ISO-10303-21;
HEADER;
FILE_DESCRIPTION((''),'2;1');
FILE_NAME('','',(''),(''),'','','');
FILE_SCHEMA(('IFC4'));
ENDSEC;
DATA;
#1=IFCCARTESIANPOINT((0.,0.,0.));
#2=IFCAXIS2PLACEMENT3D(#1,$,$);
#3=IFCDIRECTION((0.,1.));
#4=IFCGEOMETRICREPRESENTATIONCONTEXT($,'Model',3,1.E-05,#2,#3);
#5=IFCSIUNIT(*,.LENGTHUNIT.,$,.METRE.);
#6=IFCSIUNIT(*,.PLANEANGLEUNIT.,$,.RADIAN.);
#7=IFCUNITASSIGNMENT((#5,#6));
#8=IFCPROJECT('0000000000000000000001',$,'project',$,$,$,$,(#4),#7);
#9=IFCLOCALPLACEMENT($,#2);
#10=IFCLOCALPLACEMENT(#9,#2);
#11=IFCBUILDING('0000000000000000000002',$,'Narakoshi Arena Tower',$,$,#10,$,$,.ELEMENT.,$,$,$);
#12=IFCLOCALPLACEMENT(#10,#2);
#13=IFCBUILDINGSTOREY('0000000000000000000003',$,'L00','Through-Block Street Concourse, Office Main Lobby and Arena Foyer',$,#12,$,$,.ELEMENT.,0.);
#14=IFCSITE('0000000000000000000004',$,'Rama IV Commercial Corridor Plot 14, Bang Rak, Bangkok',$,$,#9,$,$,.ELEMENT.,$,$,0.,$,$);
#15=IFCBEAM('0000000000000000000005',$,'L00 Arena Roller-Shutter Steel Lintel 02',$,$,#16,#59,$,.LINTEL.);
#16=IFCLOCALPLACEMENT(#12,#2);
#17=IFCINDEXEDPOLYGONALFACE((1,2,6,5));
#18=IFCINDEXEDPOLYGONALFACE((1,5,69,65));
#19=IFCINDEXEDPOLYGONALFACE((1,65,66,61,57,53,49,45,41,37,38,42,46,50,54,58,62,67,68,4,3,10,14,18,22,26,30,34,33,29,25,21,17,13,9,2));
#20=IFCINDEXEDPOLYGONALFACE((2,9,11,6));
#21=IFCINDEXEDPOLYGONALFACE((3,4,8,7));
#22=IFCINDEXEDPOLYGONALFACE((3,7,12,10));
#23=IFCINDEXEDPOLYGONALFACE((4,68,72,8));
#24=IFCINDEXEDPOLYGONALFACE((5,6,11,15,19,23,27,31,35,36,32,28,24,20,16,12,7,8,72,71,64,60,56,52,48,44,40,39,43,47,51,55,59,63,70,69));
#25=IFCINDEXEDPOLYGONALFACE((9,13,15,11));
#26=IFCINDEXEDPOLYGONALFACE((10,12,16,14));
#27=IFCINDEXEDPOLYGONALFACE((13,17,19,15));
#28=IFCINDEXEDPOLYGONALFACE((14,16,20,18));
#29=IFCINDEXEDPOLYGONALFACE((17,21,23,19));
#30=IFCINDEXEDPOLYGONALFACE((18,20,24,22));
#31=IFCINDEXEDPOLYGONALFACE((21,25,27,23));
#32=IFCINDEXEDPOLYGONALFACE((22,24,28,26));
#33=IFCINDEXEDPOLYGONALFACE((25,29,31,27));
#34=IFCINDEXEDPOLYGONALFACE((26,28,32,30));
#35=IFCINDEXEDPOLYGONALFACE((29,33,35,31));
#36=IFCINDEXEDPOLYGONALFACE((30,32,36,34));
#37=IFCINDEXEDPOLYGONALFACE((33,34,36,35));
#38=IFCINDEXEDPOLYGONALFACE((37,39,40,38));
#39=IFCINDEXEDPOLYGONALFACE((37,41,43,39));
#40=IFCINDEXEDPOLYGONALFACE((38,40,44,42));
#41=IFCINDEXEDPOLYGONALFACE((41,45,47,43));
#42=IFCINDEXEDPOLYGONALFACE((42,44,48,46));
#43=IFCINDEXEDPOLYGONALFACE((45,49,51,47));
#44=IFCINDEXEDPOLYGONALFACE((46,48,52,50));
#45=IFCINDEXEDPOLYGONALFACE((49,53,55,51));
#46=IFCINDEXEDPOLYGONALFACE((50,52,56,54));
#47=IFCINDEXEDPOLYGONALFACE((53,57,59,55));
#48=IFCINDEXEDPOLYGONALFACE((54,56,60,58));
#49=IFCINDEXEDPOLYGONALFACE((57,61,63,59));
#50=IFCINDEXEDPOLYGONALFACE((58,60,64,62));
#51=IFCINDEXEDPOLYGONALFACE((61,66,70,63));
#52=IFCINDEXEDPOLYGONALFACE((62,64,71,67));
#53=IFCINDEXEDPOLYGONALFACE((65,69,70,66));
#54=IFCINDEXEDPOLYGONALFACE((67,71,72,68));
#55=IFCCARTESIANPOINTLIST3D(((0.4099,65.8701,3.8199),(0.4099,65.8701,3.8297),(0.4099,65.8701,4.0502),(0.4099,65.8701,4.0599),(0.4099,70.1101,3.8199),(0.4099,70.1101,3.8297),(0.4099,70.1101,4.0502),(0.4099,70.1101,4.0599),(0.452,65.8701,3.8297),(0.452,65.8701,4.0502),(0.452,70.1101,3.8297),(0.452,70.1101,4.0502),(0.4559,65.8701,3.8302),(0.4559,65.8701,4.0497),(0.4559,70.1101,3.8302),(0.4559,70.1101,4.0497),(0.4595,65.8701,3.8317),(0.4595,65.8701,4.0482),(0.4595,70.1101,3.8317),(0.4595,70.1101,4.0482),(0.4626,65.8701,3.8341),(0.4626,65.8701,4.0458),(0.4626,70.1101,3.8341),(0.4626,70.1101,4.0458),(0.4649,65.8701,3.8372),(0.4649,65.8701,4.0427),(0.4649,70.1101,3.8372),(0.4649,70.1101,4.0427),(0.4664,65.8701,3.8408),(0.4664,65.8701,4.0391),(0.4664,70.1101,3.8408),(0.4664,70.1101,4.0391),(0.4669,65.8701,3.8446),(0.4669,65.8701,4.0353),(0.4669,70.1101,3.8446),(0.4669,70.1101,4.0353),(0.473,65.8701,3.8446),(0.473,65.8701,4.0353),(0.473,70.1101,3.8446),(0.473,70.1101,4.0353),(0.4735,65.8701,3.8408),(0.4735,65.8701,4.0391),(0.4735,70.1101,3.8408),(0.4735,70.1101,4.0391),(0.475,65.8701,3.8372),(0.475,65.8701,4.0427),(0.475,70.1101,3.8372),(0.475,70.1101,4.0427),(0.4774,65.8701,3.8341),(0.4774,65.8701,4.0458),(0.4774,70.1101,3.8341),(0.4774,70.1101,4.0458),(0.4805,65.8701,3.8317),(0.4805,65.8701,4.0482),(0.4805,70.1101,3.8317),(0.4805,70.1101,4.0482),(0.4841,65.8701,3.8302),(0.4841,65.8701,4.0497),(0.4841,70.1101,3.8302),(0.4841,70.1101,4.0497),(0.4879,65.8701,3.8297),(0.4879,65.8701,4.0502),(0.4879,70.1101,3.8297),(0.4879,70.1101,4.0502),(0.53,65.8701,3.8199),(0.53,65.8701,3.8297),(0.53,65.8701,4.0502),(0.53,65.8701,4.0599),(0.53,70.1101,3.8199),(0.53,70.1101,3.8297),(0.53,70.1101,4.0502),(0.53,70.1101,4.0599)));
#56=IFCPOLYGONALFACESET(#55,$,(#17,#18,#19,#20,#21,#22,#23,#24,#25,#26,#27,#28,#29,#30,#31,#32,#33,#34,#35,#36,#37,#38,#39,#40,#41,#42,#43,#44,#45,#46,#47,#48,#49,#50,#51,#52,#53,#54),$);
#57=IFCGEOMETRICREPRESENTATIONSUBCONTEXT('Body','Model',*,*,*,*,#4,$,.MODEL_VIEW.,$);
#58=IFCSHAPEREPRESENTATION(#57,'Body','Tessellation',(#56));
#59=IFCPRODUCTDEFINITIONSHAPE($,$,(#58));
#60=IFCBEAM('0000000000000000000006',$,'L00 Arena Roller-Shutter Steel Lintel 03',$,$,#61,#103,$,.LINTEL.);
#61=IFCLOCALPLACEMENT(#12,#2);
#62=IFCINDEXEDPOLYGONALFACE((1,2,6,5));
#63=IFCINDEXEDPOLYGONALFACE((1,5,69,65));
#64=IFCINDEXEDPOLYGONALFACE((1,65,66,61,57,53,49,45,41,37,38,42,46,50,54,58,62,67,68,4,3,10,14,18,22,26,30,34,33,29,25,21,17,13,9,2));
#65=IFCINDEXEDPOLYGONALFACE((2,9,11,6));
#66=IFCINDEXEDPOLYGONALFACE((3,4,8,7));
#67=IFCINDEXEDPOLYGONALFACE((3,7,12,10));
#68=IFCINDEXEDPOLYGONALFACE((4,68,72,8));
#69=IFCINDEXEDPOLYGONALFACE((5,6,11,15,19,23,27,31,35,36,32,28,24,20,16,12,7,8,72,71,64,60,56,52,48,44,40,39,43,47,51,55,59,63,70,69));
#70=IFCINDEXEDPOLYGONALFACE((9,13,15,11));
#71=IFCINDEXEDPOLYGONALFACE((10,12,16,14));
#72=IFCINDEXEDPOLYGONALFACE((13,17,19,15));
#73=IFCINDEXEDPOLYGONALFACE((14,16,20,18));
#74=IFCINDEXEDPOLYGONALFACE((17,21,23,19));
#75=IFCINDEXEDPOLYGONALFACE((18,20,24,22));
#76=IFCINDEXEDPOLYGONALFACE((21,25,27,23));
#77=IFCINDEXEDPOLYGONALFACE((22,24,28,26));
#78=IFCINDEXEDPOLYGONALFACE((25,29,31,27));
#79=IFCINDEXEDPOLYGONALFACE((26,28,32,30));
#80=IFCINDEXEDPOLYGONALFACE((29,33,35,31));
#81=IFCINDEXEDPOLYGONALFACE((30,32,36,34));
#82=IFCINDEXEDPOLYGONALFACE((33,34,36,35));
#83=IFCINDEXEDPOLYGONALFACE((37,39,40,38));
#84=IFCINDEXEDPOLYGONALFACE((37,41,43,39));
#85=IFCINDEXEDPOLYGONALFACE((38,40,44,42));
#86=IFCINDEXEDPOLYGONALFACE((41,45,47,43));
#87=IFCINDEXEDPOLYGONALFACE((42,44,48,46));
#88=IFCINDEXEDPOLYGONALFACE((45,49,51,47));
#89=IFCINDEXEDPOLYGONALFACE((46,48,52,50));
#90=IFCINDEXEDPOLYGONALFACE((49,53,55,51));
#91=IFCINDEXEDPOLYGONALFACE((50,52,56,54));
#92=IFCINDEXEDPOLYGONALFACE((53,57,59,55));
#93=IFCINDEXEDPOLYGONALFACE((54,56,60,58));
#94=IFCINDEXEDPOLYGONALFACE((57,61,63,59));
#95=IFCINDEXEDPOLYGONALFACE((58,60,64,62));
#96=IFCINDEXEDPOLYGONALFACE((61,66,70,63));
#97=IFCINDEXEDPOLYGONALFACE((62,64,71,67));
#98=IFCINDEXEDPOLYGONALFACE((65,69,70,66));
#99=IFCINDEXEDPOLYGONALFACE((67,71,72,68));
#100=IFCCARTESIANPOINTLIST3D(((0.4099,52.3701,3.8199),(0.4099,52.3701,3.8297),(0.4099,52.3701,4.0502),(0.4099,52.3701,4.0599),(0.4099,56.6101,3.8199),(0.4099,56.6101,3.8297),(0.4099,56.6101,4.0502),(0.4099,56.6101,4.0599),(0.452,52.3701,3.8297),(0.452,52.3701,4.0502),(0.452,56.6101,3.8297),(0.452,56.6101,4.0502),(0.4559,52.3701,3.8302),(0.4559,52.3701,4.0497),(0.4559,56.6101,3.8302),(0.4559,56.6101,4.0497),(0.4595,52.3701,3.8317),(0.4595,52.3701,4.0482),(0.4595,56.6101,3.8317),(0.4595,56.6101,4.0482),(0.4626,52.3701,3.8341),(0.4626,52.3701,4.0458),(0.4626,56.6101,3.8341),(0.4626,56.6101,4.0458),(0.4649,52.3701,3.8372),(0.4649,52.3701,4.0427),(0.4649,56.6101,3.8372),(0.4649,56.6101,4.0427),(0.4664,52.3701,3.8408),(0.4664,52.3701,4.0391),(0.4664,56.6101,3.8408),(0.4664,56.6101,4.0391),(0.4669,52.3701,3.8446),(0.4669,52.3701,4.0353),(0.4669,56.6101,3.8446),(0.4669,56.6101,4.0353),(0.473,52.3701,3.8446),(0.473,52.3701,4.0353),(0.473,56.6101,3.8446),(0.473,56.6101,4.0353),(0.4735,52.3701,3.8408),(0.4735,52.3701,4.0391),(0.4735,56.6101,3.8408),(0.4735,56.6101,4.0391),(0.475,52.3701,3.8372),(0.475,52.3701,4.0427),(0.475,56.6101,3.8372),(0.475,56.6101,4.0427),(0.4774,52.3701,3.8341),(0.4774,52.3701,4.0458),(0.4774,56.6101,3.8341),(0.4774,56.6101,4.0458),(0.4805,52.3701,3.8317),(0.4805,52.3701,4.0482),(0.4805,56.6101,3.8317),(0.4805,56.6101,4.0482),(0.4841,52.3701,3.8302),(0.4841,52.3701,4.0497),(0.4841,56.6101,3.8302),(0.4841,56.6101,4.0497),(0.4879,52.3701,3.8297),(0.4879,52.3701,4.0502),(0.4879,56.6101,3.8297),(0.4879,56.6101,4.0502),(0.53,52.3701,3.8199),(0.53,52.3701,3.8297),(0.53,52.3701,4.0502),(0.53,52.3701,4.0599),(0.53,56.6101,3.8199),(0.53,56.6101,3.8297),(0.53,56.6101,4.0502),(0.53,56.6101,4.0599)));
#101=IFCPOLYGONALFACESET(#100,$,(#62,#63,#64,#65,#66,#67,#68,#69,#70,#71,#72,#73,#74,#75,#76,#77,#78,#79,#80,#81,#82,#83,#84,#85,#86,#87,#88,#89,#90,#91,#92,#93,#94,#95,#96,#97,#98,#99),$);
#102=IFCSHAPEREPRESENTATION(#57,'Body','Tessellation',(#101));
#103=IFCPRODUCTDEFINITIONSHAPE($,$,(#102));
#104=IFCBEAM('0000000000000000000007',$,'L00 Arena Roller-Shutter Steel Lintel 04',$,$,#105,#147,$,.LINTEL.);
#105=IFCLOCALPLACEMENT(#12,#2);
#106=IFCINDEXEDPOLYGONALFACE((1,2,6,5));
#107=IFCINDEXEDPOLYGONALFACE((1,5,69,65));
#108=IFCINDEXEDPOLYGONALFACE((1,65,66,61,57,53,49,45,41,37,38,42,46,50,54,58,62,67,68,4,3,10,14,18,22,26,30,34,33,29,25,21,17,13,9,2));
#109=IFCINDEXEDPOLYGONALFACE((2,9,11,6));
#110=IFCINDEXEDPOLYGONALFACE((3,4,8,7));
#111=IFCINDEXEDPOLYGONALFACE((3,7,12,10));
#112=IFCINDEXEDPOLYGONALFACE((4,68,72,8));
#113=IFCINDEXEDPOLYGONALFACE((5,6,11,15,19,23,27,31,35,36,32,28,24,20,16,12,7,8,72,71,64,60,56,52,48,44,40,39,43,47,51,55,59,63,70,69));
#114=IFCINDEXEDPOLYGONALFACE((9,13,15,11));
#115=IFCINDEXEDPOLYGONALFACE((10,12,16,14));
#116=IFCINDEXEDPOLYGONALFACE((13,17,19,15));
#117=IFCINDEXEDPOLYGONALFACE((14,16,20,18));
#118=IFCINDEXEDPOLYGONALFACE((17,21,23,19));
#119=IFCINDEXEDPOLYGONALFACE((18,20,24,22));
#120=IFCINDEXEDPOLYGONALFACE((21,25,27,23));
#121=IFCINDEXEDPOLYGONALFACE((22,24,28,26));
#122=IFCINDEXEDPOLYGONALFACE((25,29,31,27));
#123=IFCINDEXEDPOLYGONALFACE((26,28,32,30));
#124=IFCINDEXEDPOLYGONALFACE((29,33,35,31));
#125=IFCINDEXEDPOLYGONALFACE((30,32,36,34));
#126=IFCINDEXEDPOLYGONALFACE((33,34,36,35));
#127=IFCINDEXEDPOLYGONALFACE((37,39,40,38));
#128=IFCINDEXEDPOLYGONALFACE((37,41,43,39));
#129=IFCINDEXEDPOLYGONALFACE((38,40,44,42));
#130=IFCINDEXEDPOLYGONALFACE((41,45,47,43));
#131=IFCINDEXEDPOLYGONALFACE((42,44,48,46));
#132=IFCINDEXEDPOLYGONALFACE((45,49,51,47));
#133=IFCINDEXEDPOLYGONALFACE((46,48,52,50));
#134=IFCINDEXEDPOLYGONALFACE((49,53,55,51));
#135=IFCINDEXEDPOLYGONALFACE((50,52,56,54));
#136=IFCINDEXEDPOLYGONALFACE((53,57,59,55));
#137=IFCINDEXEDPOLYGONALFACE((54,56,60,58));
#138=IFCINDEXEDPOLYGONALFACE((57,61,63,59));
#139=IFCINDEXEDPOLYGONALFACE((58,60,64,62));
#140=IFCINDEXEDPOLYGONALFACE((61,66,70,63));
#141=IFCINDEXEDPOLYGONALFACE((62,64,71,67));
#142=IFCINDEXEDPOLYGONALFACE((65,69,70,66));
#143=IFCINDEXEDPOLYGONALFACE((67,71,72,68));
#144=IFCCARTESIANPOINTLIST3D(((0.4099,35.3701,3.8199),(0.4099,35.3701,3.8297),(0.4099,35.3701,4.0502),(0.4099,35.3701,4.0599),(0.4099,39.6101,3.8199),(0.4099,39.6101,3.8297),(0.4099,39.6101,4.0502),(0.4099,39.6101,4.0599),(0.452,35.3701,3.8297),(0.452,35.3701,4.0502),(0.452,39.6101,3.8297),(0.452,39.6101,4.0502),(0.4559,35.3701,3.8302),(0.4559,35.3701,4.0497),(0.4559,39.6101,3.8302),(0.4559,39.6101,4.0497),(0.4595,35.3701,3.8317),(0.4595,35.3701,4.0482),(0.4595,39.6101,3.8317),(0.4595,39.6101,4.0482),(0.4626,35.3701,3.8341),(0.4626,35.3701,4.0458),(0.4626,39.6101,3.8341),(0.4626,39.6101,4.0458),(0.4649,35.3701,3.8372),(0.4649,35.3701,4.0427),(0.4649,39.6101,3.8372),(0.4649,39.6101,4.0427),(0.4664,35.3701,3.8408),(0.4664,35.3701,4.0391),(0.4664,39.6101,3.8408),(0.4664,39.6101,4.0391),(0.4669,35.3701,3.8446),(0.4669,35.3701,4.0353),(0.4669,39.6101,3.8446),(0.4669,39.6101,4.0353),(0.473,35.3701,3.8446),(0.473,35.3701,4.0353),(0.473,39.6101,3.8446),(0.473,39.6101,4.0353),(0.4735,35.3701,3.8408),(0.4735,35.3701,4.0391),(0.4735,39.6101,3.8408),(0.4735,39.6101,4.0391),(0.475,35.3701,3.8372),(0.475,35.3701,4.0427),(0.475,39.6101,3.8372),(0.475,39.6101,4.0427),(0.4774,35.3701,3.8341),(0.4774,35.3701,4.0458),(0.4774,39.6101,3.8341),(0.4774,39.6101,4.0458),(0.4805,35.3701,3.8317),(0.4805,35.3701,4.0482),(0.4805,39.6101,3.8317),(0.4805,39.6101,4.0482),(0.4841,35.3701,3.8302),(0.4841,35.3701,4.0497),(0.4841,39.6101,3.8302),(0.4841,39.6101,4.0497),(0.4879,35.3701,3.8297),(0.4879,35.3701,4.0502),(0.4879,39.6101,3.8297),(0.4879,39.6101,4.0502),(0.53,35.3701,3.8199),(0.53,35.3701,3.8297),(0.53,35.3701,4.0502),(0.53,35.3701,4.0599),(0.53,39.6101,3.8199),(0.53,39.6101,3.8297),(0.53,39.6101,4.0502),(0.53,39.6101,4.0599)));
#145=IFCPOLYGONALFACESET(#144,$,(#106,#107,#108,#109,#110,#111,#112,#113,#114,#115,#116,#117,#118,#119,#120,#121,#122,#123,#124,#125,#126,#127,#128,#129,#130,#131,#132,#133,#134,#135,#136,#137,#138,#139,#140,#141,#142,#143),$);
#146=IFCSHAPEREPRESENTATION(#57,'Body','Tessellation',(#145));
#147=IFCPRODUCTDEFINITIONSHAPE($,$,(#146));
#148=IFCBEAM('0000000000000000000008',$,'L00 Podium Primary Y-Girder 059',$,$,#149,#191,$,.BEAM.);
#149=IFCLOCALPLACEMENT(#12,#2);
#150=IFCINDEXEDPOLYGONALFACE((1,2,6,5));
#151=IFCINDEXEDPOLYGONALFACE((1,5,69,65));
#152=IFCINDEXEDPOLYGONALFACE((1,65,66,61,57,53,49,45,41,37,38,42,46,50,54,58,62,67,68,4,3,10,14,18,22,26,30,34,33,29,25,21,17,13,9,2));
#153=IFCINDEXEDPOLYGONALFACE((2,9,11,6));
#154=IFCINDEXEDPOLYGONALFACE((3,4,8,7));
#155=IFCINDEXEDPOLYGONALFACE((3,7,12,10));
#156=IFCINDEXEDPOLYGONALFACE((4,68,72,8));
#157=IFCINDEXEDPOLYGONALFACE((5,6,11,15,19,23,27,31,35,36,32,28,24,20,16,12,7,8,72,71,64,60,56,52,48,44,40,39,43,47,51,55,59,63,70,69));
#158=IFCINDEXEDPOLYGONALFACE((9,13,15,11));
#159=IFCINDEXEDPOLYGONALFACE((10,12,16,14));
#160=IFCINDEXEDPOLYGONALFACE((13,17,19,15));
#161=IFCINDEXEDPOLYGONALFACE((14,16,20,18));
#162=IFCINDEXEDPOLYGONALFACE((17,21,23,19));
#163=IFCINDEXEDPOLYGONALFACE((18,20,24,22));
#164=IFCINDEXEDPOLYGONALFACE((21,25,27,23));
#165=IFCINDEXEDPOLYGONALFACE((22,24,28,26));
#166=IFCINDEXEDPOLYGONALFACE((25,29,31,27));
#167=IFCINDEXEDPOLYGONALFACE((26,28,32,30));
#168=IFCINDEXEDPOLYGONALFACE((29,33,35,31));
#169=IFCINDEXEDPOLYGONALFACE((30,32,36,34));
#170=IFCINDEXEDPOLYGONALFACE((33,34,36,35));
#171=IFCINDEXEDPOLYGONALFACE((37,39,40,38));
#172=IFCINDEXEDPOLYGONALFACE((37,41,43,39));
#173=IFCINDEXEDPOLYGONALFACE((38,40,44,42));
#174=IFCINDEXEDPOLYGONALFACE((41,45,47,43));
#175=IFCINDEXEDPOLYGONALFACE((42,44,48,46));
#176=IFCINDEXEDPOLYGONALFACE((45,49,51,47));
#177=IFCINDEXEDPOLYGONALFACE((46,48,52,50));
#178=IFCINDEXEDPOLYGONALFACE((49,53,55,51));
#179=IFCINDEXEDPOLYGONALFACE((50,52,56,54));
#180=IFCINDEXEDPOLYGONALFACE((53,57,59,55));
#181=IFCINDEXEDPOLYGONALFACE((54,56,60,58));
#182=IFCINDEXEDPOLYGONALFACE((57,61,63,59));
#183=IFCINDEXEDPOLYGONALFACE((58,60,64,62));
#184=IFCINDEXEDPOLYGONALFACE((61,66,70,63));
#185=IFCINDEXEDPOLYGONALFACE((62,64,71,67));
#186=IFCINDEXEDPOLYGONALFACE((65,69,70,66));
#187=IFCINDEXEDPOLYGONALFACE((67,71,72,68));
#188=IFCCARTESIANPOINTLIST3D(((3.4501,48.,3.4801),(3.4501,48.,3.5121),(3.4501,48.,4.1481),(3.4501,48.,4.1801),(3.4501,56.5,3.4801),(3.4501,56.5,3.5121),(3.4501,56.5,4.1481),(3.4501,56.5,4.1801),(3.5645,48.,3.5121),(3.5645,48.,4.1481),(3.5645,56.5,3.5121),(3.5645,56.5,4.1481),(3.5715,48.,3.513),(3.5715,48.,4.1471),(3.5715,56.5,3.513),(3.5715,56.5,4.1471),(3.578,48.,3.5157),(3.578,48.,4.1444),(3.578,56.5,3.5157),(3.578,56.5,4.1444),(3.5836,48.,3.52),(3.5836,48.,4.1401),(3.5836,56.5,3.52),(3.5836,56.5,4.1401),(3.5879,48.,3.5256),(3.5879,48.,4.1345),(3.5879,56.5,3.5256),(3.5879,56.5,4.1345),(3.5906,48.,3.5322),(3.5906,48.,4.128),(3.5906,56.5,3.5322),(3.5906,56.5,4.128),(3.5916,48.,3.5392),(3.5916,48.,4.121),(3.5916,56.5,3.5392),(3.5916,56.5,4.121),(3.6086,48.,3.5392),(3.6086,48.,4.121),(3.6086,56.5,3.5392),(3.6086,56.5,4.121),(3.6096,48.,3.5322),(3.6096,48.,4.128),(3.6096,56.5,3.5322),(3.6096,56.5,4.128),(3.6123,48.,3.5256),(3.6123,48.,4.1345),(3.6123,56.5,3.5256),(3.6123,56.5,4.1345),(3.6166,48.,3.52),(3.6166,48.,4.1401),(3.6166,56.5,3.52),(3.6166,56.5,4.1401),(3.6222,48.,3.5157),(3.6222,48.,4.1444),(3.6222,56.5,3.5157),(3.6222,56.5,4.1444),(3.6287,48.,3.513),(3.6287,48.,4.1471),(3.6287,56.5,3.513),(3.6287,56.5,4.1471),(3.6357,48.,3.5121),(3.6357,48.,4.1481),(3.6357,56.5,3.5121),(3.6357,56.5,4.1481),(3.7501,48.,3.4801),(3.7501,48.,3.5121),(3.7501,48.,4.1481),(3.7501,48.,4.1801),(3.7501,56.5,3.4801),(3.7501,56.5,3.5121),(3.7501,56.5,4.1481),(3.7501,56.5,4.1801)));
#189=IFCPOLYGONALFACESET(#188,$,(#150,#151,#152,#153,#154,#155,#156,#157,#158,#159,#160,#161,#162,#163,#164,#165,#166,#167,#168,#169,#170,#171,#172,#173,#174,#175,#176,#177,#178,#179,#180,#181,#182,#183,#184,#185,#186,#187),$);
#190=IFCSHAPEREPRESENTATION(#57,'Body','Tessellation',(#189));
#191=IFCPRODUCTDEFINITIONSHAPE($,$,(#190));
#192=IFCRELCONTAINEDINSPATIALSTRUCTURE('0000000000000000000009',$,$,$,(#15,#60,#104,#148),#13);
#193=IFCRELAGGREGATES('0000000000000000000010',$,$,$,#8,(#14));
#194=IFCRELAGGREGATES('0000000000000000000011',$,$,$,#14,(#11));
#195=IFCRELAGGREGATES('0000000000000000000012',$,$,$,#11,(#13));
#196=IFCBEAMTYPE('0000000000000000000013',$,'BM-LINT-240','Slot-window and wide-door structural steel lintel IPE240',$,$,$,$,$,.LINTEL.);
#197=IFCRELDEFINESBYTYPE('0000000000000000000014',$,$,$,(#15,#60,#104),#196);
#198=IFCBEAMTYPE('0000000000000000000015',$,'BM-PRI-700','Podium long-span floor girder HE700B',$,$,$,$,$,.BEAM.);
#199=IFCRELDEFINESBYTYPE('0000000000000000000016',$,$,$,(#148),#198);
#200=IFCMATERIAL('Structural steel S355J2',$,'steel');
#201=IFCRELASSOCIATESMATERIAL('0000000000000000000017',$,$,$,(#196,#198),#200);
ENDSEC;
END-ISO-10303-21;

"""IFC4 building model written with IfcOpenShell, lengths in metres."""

from ifc_helpers import new_model, si_unit, direction, frame, origin, origin_2d, place, context, subcontext, project, spatial, i_section, extrude, material, material_profile, profile_set, type_object, element, save


model = new_model("IFC4")

# Units and contexts
model_context = context("Model", 3, precision=1e-05, world=origin(), true_north=direction((0.0, 1.0)))
body_context = subcontext(model_context, "Body", "Model", "MODEL_VIEW")
ifc_project = project(units=[si_unit("LENGTHUNIT", "METRE"), si_unit("PLANEANGLEUNIT", "RADIAN")], contexts=[model_context])

# Site, building, storey
site_placement = place(None, origin())
site = spatial("IfcSite", under=ifc_project, at=site_placement, Name="Rama IV Commercial Corridor Plot 14, Bang Rak, Bangkok", CompositionType="ELEMENT", RefElevation=0.0)
building_placement = place(site_placement, origin())
building = spatial("IfcBuilding", under=site, at=building_placement, Name="Narakoshi Arena Tower", CompositionType="ELEMENT")
storey_placement = place(building_placement, origin())
storey = spatial("IfcBuildingStorey", under=building, at=storey_placement, Name="L00", Description="Through-Block Street Concourse, Office Main Lobby and Arena Foyer", CompositionType="ELEMENT", Elevation=0.0)

# Shared definitions
ifc_material_1 = material(Name="Structural steel S355J2", Category="steel")

# Beams
ifc_material_profile_1 = material_profile(ifc_material_1, i_section(OverallWidth=0.1201, OverallDepth=0.24, WebThickness=0.0061, FlangeThickness=0.0098, FilletRadius=0.0149, at=origin_2d()), Name="IPE240")
ifc_profile_set_1 = profile_set([ifc_material_profile_1], Name="Structural steel S355J2")
beam_type_1 = type_object("IfcBeamType", Name="BM-LINT-240", Description="Slot-window and wide-door structural steel lintel IPE240", PredefinedType="LINTEL", material=ifc_profile_set_1)
for number, where, z_axis, x_axis, name in (
    (1, (0.47, 70.1101, 3.9399), (0.0, -1.0, 0.0), (1.0, 0.0, 0.0), "L00 Arena Roller-Shutter Steel Lintel 02"),
    (2, (0.47, 56.6101, 3.9399), (0.0, -1.0, 0.0), (1.0, 0.0, 0.0), "L00 Arena Roller-Shutter Steel Lintel 03"),
    (3, (0.47, 39.6101, 3.9399), (0.0, -1.0, 0.0), (1.0, 0.0, 0.0), "L00 Arena Roller-Shutter Steel Lintel 04"),
):
    element("IfcBeam", number, at=place(storey_placement, frame(where, z_axis=z_axis, x_axis=x_axis)), inside=storey, type_object=beam_type_1, Name=name, PredefinedType="LINTEL", context=body_context, shape_type="SweptSolid", body=[
        extrude(i_section(OverallWidth=0.1201, OverallDepth=0.24, WebThickness=0.0061, FlangeThickness=0.0098, FilletRadius=0.0149, at=origin_2d()), origin(), (0.0, 0.0, 1.0), 4.24),
    ])
ifc_material_profile_2 = material_profile(ifc_material_1, i_section(OverallWidth=0.3, OverallDepth=0.7, WebThickness=0.0171, FlangeThickness=0.032, FilletRadius=0.0271, at=origin_2d()), Name="HE700B")
ifc_profile_set_2 = profile_set([ifc_material_profile_2], Name="Structural steel S355J2")
beam_type_2 = type_object("IfcBeamType", Name="BM-PRI-700", Description="Podium long-span floor girder HE700B", PredefinedType="BEAM", material=ifc_profile_set_2)
beam_1_placement = place(storey_placement, frame((3.6001, 48.0, 3.8301), z_axis=(0.0, 1.0, 0.0), x_axis=(-1.0, 0.0, 0.0)))
element("IfcBeam", 4, at=beam_1_placement, inside=storey, type_object=beam_type_2, Name="L00 Podium Primary Y-Girder 059", PredefinedType="BEAM", context=body_context, shape_type="SweptSolid", body=[
    extrude(i_section(OverallWidth=0.3, OverallDepth=0.7, WebThickness=0.0171, FlangeThickness=0.032, FilletRadius=0.0271, at=origin_2d()), origin(), (0.0, 0.0, 1.0), 8.5),
])

save(model, "model.ifc")
